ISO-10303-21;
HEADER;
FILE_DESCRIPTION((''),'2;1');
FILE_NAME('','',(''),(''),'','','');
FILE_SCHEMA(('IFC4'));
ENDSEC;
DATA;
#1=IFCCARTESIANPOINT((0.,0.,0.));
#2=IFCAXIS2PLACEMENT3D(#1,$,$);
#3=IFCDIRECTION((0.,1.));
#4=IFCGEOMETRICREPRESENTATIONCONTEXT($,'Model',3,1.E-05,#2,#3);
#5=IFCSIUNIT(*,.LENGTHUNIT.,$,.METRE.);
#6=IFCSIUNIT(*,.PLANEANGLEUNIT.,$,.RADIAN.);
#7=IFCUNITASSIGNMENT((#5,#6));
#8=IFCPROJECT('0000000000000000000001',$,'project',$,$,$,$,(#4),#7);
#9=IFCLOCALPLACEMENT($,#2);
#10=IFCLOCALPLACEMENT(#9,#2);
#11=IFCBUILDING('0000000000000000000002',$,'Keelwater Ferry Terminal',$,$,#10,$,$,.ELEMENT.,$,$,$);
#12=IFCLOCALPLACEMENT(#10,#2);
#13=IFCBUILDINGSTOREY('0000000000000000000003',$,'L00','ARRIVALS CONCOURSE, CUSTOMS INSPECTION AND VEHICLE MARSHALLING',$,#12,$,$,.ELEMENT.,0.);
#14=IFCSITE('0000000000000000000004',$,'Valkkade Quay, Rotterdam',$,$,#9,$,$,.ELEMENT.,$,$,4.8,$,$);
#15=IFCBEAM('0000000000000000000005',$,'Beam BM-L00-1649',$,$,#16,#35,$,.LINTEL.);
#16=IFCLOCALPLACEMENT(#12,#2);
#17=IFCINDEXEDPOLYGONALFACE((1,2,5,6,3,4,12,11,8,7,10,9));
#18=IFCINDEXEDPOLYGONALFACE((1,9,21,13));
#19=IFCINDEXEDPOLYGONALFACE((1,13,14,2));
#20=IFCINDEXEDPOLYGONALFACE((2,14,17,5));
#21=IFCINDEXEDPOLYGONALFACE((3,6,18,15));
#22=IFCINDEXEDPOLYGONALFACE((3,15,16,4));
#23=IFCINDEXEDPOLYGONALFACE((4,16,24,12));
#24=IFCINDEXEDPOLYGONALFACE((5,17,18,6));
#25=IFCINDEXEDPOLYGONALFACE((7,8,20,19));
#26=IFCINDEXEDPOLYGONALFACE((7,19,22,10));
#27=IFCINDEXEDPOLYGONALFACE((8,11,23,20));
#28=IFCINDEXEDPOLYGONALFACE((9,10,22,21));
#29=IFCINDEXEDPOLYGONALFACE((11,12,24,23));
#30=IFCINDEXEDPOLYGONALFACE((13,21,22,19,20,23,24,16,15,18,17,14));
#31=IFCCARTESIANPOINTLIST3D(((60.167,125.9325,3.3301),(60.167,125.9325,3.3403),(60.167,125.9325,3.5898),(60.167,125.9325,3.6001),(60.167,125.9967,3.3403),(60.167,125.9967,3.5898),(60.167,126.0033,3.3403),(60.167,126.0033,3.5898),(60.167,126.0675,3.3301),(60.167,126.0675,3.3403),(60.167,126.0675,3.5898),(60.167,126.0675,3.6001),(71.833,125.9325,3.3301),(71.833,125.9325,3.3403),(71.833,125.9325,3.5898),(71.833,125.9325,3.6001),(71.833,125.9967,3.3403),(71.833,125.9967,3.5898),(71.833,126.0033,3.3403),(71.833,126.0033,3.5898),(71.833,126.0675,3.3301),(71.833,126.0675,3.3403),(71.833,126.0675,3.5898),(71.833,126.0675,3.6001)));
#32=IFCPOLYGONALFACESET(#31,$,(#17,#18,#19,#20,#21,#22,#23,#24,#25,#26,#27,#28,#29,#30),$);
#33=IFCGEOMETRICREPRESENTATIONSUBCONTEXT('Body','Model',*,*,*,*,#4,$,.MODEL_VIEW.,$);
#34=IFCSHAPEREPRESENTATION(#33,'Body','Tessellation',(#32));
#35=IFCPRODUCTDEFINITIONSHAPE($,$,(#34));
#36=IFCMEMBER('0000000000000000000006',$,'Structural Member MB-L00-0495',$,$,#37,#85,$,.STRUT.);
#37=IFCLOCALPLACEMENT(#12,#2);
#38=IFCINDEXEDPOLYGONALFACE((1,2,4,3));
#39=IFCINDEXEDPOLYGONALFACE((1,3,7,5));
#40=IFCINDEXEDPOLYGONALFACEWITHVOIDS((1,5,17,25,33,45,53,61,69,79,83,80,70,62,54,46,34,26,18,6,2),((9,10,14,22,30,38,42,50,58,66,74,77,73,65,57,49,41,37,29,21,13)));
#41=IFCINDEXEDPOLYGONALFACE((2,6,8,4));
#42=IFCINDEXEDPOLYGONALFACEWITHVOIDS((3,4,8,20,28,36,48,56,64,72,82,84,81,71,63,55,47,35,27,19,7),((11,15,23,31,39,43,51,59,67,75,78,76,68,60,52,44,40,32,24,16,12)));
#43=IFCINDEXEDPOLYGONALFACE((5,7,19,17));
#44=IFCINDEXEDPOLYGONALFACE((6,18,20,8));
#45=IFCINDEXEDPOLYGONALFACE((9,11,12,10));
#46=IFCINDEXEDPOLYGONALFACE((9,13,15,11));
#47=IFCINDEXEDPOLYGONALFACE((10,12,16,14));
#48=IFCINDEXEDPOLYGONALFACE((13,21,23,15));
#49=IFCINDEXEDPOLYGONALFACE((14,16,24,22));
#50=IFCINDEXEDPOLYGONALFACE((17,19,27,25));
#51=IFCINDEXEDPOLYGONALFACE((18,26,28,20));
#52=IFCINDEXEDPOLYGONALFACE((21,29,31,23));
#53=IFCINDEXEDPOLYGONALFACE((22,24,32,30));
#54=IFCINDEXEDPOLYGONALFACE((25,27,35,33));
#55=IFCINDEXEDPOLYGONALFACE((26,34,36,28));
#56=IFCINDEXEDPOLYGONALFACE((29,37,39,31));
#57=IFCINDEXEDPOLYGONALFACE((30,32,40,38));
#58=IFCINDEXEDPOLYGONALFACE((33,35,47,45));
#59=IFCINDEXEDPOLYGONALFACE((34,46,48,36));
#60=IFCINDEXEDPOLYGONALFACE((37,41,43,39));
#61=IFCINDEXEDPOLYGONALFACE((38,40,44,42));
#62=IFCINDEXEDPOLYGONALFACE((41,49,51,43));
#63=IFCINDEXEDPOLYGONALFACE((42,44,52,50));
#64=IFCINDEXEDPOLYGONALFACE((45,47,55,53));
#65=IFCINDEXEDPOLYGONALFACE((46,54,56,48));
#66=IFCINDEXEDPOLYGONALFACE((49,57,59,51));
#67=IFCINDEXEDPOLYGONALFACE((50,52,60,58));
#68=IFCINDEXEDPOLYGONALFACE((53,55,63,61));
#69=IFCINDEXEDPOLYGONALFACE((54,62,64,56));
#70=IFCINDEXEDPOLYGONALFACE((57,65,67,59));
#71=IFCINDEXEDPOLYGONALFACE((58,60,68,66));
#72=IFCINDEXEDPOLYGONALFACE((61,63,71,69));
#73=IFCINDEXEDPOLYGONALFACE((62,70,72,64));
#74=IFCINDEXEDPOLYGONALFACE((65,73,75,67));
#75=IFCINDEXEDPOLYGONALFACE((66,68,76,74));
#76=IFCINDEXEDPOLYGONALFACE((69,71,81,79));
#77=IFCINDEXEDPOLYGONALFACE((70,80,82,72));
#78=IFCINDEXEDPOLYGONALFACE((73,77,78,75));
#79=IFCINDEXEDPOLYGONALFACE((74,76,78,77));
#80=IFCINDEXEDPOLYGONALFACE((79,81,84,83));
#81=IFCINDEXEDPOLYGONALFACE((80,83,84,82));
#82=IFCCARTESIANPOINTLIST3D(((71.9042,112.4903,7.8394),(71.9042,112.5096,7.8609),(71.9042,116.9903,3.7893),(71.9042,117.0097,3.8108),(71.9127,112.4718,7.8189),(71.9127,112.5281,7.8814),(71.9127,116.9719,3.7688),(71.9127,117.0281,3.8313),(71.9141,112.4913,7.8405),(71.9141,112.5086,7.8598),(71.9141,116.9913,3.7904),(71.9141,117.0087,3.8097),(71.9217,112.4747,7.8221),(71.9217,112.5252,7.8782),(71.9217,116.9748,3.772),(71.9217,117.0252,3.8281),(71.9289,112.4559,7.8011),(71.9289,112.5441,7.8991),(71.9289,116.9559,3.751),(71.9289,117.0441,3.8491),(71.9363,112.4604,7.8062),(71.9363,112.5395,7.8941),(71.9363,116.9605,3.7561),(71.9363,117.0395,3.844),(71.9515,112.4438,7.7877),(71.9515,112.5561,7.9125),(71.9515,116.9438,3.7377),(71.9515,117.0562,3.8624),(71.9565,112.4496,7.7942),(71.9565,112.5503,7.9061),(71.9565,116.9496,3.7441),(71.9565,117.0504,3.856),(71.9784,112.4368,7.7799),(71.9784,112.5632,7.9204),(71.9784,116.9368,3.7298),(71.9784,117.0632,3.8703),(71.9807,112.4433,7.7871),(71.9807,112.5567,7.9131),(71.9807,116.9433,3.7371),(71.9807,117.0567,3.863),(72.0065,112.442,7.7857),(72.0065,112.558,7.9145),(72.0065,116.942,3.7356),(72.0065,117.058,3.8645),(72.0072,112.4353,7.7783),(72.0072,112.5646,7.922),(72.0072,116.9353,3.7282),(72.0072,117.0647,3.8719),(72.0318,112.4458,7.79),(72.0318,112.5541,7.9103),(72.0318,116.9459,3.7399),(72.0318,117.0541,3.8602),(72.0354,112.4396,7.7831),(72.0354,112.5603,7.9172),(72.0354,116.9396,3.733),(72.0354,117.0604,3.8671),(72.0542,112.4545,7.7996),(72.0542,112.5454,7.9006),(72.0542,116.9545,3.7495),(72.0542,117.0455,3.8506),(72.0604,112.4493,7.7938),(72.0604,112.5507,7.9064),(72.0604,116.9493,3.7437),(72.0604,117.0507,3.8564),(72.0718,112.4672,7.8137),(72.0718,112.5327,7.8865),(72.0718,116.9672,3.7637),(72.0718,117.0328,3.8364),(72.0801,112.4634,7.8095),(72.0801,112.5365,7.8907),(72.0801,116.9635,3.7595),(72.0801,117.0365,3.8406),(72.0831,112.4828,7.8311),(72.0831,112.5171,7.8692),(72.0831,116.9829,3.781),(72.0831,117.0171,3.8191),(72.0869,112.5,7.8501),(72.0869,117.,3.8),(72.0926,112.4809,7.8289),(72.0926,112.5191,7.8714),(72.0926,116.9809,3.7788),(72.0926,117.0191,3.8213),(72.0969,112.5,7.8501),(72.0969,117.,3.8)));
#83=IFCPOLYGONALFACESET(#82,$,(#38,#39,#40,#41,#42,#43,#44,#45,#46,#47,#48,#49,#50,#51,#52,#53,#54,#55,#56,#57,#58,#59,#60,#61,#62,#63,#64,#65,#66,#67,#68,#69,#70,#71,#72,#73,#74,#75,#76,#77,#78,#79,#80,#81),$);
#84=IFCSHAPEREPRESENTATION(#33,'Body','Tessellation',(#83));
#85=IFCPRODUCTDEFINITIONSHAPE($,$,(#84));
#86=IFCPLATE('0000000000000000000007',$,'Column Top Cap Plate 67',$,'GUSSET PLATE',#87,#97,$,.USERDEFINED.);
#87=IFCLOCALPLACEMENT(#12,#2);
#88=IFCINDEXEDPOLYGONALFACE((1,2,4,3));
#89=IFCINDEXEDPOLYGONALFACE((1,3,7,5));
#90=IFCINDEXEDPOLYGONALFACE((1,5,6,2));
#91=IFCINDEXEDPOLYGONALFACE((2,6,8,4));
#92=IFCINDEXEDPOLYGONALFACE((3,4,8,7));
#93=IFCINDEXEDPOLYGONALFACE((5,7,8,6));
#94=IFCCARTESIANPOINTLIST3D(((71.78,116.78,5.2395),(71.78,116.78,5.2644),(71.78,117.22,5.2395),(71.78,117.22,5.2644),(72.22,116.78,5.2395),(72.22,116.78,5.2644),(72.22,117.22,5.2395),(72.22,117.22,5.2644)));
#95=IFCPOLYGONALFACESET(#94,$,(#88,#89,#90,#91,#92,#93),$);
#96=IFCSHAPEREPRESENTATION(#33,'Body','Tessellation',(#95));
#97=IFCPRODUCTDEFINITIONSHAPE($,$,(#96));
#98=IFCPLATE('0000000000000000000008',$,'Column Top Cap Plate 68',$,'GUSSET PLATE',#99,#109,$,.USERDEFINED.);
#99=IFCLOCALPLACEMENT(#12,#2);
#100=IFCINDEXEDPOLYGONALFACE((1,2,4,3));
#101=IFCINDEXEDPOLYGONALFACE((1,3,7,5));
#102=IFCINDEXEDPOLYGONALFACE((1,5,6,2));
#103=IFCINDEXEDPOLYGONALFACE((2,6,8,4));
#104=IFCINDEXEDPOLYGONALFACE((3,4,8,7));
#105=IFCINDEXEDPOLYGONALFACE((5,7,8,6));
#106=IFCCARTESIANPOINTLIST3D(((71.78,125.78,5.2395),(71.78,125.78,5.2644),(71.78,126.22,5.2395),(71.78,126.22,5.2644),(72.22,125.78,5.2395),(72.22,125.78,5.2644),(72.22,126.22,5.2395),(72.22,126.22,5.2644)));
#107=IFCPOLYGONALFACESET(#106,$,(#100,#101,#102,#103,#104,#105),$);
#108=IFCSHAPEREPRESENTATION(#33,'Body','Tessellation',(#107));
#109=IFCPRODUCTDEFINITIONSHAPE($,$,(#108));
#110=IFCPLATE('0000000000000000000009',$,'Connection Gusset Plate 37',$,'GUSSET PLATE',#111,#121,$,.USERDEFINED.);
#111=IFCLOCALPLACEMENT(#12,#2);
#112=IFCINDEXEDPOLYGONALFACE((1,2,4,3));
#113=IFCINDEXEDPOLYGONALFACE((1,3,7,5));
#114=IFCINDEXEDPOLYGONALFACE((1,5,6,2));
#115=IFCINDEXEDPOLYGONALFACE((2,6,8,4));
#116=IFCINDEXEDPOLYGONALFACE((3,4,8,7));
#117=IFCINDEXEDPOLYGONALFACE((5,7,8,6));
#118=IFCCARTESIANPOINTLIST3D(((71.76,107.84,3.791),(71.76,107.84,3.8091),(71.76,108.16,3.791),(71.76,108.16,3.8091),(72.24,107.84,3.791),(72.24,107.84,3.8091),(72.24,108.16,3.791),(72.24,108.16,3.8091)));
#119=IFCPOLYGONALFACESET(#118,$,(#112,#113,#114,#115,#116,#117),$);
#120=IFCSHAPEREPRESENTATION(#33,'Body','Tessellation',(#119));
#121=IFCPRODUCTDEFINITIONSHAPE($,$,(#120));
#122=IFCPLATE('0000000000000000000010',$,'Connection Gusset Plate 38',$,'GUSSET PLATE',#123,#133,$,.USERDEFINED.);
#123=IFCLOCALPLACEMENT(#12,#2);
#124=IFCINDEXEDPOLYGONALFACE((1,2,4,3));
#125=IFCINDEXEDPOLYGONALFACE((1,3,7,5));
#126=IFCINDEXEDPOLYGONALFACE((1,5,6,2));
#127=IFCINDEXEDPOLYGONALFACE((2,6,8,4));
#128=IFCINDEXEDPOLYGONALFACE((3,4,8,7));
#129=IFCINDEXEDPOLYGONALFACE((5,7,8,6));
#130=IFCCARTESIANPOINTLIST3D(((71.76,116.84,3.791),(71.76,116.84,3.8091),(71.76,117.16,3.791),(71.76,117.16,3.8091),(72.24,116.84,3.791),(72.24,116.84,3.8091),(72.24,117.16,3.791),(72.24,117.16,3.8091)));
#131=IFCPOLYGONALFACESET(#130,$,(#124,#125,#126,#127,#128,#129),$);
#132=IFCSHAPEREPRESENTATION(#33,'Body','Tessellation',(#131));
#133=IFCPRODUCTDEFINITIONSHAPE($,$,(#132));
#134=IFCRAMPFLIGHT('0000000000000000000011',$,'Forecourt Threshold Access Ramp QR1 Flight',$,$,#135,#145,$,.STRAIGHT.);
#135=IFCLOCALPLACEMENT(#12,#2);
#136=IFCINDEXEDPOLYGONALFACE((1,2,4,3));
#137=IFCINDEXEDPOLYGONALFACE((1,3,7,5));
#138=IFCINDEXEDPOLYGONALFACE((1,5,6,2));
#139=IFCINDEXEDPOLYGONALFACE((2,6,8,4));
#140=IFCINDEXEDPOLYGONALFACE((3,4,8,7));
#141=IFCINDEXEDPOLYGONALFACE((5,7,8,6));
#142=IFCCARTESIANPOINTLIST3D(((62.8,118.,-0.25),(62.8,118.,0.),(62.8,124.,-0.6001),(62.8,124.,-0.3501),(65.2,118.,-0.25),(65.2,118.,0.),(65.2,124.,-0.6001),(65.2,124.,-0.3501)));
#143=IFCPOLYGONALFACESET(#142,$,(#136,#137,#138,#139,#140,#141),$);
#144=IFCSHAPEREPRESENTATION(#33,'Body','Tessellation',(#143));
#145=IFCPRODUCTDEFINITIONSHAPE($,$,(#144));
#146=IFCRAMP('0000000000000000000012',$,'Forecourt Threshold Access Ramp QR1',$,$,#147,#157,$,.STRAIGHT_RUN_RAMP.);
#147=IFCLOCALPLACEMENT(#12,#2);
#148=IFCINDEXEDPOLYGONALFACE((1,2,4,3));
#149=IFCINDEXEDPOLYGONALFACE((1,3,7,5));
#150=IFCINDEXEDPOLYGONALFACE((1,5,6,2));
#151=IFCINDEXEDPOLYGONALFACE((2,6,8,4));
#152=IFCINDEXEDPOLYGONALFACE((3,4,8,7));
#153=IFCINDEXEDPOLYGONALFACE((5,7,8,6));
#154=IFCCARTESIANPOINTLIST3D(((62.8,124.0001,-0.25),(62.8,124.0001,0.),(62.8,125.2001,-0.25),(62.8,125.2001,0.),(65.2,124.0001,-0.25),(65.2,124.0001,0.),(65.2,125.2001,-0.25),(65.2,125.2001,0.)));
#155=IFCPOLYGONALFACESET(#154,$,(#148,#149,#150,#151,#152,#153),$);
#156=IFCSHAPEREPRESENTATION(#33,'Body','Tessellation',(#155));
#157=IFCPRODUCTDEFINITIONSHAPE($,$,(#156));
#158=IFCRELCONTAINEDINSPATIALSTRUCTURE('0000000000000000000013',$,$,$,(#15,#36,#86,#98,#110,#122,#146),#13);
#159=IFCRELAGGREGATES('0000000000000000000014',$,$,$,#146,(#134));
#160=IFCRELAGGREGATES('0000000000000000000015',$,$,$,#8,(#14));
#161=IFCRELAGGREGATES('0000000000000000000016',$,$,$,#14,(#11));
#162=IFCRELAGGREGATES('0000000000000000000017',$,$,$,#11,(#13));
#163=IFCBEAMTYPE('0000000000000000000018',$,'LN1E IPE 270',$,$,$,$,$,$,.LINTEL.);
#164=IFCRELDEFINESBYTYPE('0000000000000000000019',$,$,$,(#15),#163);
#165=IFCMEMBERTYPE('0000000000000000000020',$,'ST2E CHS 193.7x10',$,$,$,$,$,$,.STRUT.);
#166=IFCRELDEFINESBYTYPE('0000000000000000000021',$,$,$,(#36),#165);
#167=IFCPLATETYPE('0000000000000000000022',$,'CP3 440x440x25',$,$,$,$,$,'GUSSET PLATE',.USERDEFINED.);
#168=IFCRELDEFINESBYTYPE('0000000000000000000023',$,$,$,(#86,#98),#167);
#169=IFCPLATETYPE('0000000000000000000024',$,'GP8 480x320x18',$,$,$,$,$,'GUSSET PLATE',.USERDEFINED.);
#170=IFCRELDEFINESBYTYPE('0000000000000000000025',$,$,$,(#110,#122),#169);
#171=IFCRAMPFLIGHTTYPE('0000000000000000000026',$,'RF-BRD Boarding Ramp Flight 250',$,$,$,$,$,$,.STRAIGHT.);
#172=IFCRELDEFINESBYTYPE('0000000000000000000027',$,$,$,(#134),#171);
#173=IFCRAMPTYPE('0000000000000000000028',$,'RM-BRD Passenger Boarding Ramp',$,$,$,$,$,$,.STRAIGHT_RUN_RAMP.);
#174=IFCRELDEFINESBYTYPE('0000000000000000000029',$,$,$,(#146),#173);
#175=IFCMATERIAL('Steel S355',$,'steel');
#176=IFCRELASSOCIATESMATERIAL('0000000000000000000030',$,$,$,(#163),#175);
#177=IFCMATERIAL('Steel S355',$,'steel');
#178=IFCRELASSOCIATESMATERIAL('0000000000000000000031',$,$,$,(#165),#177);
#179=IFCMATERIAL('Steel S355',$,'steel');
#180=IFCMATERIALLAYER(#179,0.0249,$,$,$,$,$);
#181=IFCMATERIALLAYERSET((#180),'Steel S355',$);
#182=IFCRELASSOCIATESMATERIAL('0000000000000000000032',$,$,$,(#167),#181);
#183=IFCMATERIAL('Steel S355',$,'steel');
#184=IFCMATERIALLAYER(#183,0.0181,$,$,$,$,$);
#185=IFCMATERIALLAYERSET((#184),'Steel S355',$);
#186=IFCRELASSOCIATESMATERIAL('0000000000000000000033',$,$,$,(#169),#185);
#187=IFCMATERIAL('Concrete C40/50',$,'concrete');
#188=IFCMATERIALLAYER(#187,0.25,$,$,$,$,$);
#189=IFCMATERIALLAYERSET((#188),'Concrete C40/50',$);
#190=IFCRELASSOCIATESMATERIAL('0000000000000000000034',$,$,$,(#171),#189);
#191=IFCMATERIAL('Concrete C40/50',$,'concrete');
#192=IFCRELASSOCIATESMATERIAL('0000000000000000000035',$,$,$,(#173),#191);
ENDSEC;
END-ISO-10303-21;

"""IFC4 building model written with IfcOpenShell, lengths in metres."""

from ifc_helpers import new_model, si_unit, direction, frame, origin, origin_2d, place, context, subcontext, project, spatial, polyline, rectangle, hollow_circle, i_section, outline, extrude, material, layer, layer_set, material_profile, profile_set, type_object, element, aggregate, save


model = new_model("IFC4")

# Units and contexts
model_context = context("Model", 3, precision=1e-05, world=origin(), true_north=direction((0.0, 1.0)))
body_context = subcontext(model_context, "Body", "Model", "MODEL_VIEW")
ifc_project = project(units=[si_unit("LENGTHUNIT", "METRE"), si_unit("PLANEANGLEUNIT", "RADIAN")], contexts=[model_context])

# Site, building, storey
site_placement = place(None, origin())
site = spatial("IfcSite", under=ifc_project, at=site_placement, Name="Valkkade Quay, Rotterdam", CompositionType="ELEMENT", RefElevation=4.8)
building_placement = place(site_placement, origin())
building = spatial("IfcBuilding", under=site, at=building_placement, Name="Keelwater Ferry Terminal", CompositionType="ELEMENT")
storey_placement = place(building_placement, origin())
storey = spatial("IfcBuildingStorey", under=building, at=storey_placement, Name="L00", Description="ARRIVALS CONCOURSE, CUSTOMS INSPECTION AND VEHICLE MARSHALLING", CompositionType="ELEMENT", Elevation=0.0)

# Beam
ifc_material_1 = material(Name="Steel S355", Category="steel")
ifc_material_profile_1 = material_profile(ifc_material_1, i_section(OverallWidth=0.135, OverallDepth=0.27, WebThickness=0.0066, FlangeThickness=0.0103, at=origin_2d()), Name="IPE 270")
ifc_profile_set_1 = profile_set([ifc_material_profile_1], Name="Steel S355")
beam_type_1 = type_object("IfcBeamType", Name="LN1E IPE 270", PredefinedType="LINTEL", material=ifc_profile_set_1)
beam_1_placement = place(storey_placement, frame((60.167, 126.0, 3.4651), z_axis=(1.0, 0.0, 0.0), x_axis=(0.0, 1.0, 0.0)))
element("IfcBeam", 1, at=beam_1_placement, inside=storey, type_object=beam_type_1, Name="Beam BM-L00-1649", PredefinedType="LINTEL", context=body_context, shape_type="SweptSolid", body=[
    extrude(i_section(OverallWidth=0.135, OverallDepth=0.27, WebThickness=0.0066, FlangeThickness=0.0103, at=origin_2d()), origin(), (0.0, 0.0, 1.0), 11.666),
])

# Member
ifc_material_2 = material(Name="Steel S355", Category="steel")
ifc_material_profile_2 = material_profile(ifc_material_2, hollow_circle(Radius=0.0969, WallThickness=0.01, at=origin_2d()), Name="CHS 193.7x10")
ifc_profile_set_2 = profile_set([ifc_material_profile_2], Name="Steel S355")
member_type = type_object("IfcMemberType", Name="ST2E CHS 193.7x10", PredefinedType="STRUT", material=ifc_profile_set_2)
member_placement = place(storey_placement, frame((72.0, 117.0, 3.8), z_axis=(0.0, -0.74329, 0.668969), x_axis=(1.0, 0.0, 0.0)))
element("IfcMember", 2, at=member_placement, inside=storey, type_object=member_type, Name="Structural Member MB-L00-0495", PredefinedType="STRUT", context=body_context, shape_type="SweptSolid", body=[
    extrude(hollow_circle(Radius=0.0969, WallThickness=0.01, at=origin_2d()), origin(), (0.0, 0.0, 1.0), 6.0542),
])

# Plates
ifc_material_3 = material(Name="Steel S355", Category="steel")
ifc_layer_1 = layer(ifc_material_3, 0.0249)
ifc_layer_set_1 = layer_set([ifc_layer_1], Name="Steel S355")
plate_type_1 = type_object("IfcPlateType", Name="CP3 440x440x25", ElementType="GUSSET PLATE", PredefinedType="USERDEFINED", material=ifc_layer_set_1)
for number, where, z_axis, x_axis, name in (
    (3, (72.0, 117.0, 5.2395), (0.0, 0.0, 1.0), (1.0, 0.0, 0.0), "Column Top Cap Plate 67"),
    (4, (72.0, 126.0, 5.2395), (0.0, 0.0, 1.0), (1.0, 0.0, 0.0), "Column Top Cap Plate 68"),
):
    element("IfcPlate", number, at=place(storey_placement, frame(where, z_axis=z_axis, x_axis=x_axis)), inside=storey, type_object=plate_type_1, Name=name, ObjectType="GUSSET PLATE", PredefinedType="USERDEFINED", context=body_context, shape_type="SweptSolid", body=[
        extrude(rectangle(XDim=0.4399, YDim=0.4399, at=origin_2d()), origin(), (0.0, 0.0, 1.0), 0.0249),
    ])
ifc_material_4 = material(Name="Steel S355", Category="steel")
ifc_layer_2 = layer(ifc_material_4, 0.0181)
ifc_layer_set_2 = layer_set([ifc_layer_2], Name="Steel S355")
plate_type_2 = type_object("IfcPlateType", Name="GP8 480x320x18", ElementType="GUSSET PLATE", PredefinedType="USERDEFINED", material=ifc_layer_set_2)
for number, where, z_axis, x_axis, name in (
    (5, (72.0, 108.0, 3.791), (0.0, 0.0, 1.0), (1.0, 0.0, 0.0), "Connection Gusset Plate 37"),
    (6, (72.0, 117.0, 3.791), (0.0, 0.0, 1.0), (1.0, 0.0, 0.0), "Connection Gusset Plate 38"),
):
    element("IfcPlate", number, at=place(storey_placement, frame(where, z_axis=z_axis, x_axis=x_axis)), inside=storey, type_object=plate_type_2, Name=name, ObjectType="GUSSET PLATE", PredefinedType="USERDEFINED", context=body_context, shape_type="SweptSolid", body=[
        extrude(rectangle(XDim=0.48, YDim=0.3201, at=origin_2d()), origin(), (0.0, 0.0, 1.0), 0.0181),
    ])

# Ramp flight
ifc_material_5 = material(Name="Concrete C40/50", Category="concrete")
ifc_layer_3 = layer(ifc_material_5, 0.25)
ifc_layer_set_3 = layer_set([ifc_layer_3], Name="Concrete C40/50")
ramp_flight_type = type_object("IfcRampFlightType", Name="RF-BRD Boarding Ramp Flight 250", PredefinedType="STRAIGHT", material=ifc_layer_set_3)
ramp_flight_placement = place(storey_placement, frame((64.0, 118.0, 0.0), z_axis=(0.0, 0.0, 1.0), x_axis=(0.0, 1.0, 0.0)))
ramp_flight = element("IfcRampFlight", 7, at=ramp_flight_placement, type_object=ramp_flight_type, Name="Forecourt Threshold Access Ramp QR1 Flight", PredefinedType="STRAIGHT", context=body_context, shape_type="SweptSolid", body=[
    extrude(outline(polyline([(0.0, 0.0), (6.0, -0.3501), (6.0, -0.6001), (0.0, -0.25), (0.0, 0.0)])), frame((0.0, 1.2, 0.0), z_axis=(0.0, -1.0, 0.0), x_axis=(1.0, 0.0, 0.0)), (0.0, 0.0, 1.0), 2.3999),
])

# Ramp
ifc_material_6 = material(Name="Concrete C40/50", Category="concrete")
ramp_type = type_object("IfcRampType", Name="RM-BRD Passenger Boarding Ramp", PredefinedType="STRAIGHT_RUN_RAMP", material=ifc_material_6)
ramp_placement = place(storey_placement, frame((64.0, 124.6001, -0.25), z_axis=(0.0, 0.0, 1.0), x_axis=(1.0, 0.0, 0.0)))
ramp = element("IfcRamp", 8, at=ramp_placement, inside=storey, type_object=ramp_type, Name="Forecourt Threshold Access Ramp QR1", PredefinedType="STRAIGHT_RUN_RAMP", context=body_context, shape_type="SweptSolid", body=[
    extrude(rectangle(XDim=2.3999, YDim=1.2, at=origin_2d()), origin(), (0.0, 0.0, 1.0), 0.25),
])
aggregate(ramp, [ramp_flight])

save(model, "model.ifc")
